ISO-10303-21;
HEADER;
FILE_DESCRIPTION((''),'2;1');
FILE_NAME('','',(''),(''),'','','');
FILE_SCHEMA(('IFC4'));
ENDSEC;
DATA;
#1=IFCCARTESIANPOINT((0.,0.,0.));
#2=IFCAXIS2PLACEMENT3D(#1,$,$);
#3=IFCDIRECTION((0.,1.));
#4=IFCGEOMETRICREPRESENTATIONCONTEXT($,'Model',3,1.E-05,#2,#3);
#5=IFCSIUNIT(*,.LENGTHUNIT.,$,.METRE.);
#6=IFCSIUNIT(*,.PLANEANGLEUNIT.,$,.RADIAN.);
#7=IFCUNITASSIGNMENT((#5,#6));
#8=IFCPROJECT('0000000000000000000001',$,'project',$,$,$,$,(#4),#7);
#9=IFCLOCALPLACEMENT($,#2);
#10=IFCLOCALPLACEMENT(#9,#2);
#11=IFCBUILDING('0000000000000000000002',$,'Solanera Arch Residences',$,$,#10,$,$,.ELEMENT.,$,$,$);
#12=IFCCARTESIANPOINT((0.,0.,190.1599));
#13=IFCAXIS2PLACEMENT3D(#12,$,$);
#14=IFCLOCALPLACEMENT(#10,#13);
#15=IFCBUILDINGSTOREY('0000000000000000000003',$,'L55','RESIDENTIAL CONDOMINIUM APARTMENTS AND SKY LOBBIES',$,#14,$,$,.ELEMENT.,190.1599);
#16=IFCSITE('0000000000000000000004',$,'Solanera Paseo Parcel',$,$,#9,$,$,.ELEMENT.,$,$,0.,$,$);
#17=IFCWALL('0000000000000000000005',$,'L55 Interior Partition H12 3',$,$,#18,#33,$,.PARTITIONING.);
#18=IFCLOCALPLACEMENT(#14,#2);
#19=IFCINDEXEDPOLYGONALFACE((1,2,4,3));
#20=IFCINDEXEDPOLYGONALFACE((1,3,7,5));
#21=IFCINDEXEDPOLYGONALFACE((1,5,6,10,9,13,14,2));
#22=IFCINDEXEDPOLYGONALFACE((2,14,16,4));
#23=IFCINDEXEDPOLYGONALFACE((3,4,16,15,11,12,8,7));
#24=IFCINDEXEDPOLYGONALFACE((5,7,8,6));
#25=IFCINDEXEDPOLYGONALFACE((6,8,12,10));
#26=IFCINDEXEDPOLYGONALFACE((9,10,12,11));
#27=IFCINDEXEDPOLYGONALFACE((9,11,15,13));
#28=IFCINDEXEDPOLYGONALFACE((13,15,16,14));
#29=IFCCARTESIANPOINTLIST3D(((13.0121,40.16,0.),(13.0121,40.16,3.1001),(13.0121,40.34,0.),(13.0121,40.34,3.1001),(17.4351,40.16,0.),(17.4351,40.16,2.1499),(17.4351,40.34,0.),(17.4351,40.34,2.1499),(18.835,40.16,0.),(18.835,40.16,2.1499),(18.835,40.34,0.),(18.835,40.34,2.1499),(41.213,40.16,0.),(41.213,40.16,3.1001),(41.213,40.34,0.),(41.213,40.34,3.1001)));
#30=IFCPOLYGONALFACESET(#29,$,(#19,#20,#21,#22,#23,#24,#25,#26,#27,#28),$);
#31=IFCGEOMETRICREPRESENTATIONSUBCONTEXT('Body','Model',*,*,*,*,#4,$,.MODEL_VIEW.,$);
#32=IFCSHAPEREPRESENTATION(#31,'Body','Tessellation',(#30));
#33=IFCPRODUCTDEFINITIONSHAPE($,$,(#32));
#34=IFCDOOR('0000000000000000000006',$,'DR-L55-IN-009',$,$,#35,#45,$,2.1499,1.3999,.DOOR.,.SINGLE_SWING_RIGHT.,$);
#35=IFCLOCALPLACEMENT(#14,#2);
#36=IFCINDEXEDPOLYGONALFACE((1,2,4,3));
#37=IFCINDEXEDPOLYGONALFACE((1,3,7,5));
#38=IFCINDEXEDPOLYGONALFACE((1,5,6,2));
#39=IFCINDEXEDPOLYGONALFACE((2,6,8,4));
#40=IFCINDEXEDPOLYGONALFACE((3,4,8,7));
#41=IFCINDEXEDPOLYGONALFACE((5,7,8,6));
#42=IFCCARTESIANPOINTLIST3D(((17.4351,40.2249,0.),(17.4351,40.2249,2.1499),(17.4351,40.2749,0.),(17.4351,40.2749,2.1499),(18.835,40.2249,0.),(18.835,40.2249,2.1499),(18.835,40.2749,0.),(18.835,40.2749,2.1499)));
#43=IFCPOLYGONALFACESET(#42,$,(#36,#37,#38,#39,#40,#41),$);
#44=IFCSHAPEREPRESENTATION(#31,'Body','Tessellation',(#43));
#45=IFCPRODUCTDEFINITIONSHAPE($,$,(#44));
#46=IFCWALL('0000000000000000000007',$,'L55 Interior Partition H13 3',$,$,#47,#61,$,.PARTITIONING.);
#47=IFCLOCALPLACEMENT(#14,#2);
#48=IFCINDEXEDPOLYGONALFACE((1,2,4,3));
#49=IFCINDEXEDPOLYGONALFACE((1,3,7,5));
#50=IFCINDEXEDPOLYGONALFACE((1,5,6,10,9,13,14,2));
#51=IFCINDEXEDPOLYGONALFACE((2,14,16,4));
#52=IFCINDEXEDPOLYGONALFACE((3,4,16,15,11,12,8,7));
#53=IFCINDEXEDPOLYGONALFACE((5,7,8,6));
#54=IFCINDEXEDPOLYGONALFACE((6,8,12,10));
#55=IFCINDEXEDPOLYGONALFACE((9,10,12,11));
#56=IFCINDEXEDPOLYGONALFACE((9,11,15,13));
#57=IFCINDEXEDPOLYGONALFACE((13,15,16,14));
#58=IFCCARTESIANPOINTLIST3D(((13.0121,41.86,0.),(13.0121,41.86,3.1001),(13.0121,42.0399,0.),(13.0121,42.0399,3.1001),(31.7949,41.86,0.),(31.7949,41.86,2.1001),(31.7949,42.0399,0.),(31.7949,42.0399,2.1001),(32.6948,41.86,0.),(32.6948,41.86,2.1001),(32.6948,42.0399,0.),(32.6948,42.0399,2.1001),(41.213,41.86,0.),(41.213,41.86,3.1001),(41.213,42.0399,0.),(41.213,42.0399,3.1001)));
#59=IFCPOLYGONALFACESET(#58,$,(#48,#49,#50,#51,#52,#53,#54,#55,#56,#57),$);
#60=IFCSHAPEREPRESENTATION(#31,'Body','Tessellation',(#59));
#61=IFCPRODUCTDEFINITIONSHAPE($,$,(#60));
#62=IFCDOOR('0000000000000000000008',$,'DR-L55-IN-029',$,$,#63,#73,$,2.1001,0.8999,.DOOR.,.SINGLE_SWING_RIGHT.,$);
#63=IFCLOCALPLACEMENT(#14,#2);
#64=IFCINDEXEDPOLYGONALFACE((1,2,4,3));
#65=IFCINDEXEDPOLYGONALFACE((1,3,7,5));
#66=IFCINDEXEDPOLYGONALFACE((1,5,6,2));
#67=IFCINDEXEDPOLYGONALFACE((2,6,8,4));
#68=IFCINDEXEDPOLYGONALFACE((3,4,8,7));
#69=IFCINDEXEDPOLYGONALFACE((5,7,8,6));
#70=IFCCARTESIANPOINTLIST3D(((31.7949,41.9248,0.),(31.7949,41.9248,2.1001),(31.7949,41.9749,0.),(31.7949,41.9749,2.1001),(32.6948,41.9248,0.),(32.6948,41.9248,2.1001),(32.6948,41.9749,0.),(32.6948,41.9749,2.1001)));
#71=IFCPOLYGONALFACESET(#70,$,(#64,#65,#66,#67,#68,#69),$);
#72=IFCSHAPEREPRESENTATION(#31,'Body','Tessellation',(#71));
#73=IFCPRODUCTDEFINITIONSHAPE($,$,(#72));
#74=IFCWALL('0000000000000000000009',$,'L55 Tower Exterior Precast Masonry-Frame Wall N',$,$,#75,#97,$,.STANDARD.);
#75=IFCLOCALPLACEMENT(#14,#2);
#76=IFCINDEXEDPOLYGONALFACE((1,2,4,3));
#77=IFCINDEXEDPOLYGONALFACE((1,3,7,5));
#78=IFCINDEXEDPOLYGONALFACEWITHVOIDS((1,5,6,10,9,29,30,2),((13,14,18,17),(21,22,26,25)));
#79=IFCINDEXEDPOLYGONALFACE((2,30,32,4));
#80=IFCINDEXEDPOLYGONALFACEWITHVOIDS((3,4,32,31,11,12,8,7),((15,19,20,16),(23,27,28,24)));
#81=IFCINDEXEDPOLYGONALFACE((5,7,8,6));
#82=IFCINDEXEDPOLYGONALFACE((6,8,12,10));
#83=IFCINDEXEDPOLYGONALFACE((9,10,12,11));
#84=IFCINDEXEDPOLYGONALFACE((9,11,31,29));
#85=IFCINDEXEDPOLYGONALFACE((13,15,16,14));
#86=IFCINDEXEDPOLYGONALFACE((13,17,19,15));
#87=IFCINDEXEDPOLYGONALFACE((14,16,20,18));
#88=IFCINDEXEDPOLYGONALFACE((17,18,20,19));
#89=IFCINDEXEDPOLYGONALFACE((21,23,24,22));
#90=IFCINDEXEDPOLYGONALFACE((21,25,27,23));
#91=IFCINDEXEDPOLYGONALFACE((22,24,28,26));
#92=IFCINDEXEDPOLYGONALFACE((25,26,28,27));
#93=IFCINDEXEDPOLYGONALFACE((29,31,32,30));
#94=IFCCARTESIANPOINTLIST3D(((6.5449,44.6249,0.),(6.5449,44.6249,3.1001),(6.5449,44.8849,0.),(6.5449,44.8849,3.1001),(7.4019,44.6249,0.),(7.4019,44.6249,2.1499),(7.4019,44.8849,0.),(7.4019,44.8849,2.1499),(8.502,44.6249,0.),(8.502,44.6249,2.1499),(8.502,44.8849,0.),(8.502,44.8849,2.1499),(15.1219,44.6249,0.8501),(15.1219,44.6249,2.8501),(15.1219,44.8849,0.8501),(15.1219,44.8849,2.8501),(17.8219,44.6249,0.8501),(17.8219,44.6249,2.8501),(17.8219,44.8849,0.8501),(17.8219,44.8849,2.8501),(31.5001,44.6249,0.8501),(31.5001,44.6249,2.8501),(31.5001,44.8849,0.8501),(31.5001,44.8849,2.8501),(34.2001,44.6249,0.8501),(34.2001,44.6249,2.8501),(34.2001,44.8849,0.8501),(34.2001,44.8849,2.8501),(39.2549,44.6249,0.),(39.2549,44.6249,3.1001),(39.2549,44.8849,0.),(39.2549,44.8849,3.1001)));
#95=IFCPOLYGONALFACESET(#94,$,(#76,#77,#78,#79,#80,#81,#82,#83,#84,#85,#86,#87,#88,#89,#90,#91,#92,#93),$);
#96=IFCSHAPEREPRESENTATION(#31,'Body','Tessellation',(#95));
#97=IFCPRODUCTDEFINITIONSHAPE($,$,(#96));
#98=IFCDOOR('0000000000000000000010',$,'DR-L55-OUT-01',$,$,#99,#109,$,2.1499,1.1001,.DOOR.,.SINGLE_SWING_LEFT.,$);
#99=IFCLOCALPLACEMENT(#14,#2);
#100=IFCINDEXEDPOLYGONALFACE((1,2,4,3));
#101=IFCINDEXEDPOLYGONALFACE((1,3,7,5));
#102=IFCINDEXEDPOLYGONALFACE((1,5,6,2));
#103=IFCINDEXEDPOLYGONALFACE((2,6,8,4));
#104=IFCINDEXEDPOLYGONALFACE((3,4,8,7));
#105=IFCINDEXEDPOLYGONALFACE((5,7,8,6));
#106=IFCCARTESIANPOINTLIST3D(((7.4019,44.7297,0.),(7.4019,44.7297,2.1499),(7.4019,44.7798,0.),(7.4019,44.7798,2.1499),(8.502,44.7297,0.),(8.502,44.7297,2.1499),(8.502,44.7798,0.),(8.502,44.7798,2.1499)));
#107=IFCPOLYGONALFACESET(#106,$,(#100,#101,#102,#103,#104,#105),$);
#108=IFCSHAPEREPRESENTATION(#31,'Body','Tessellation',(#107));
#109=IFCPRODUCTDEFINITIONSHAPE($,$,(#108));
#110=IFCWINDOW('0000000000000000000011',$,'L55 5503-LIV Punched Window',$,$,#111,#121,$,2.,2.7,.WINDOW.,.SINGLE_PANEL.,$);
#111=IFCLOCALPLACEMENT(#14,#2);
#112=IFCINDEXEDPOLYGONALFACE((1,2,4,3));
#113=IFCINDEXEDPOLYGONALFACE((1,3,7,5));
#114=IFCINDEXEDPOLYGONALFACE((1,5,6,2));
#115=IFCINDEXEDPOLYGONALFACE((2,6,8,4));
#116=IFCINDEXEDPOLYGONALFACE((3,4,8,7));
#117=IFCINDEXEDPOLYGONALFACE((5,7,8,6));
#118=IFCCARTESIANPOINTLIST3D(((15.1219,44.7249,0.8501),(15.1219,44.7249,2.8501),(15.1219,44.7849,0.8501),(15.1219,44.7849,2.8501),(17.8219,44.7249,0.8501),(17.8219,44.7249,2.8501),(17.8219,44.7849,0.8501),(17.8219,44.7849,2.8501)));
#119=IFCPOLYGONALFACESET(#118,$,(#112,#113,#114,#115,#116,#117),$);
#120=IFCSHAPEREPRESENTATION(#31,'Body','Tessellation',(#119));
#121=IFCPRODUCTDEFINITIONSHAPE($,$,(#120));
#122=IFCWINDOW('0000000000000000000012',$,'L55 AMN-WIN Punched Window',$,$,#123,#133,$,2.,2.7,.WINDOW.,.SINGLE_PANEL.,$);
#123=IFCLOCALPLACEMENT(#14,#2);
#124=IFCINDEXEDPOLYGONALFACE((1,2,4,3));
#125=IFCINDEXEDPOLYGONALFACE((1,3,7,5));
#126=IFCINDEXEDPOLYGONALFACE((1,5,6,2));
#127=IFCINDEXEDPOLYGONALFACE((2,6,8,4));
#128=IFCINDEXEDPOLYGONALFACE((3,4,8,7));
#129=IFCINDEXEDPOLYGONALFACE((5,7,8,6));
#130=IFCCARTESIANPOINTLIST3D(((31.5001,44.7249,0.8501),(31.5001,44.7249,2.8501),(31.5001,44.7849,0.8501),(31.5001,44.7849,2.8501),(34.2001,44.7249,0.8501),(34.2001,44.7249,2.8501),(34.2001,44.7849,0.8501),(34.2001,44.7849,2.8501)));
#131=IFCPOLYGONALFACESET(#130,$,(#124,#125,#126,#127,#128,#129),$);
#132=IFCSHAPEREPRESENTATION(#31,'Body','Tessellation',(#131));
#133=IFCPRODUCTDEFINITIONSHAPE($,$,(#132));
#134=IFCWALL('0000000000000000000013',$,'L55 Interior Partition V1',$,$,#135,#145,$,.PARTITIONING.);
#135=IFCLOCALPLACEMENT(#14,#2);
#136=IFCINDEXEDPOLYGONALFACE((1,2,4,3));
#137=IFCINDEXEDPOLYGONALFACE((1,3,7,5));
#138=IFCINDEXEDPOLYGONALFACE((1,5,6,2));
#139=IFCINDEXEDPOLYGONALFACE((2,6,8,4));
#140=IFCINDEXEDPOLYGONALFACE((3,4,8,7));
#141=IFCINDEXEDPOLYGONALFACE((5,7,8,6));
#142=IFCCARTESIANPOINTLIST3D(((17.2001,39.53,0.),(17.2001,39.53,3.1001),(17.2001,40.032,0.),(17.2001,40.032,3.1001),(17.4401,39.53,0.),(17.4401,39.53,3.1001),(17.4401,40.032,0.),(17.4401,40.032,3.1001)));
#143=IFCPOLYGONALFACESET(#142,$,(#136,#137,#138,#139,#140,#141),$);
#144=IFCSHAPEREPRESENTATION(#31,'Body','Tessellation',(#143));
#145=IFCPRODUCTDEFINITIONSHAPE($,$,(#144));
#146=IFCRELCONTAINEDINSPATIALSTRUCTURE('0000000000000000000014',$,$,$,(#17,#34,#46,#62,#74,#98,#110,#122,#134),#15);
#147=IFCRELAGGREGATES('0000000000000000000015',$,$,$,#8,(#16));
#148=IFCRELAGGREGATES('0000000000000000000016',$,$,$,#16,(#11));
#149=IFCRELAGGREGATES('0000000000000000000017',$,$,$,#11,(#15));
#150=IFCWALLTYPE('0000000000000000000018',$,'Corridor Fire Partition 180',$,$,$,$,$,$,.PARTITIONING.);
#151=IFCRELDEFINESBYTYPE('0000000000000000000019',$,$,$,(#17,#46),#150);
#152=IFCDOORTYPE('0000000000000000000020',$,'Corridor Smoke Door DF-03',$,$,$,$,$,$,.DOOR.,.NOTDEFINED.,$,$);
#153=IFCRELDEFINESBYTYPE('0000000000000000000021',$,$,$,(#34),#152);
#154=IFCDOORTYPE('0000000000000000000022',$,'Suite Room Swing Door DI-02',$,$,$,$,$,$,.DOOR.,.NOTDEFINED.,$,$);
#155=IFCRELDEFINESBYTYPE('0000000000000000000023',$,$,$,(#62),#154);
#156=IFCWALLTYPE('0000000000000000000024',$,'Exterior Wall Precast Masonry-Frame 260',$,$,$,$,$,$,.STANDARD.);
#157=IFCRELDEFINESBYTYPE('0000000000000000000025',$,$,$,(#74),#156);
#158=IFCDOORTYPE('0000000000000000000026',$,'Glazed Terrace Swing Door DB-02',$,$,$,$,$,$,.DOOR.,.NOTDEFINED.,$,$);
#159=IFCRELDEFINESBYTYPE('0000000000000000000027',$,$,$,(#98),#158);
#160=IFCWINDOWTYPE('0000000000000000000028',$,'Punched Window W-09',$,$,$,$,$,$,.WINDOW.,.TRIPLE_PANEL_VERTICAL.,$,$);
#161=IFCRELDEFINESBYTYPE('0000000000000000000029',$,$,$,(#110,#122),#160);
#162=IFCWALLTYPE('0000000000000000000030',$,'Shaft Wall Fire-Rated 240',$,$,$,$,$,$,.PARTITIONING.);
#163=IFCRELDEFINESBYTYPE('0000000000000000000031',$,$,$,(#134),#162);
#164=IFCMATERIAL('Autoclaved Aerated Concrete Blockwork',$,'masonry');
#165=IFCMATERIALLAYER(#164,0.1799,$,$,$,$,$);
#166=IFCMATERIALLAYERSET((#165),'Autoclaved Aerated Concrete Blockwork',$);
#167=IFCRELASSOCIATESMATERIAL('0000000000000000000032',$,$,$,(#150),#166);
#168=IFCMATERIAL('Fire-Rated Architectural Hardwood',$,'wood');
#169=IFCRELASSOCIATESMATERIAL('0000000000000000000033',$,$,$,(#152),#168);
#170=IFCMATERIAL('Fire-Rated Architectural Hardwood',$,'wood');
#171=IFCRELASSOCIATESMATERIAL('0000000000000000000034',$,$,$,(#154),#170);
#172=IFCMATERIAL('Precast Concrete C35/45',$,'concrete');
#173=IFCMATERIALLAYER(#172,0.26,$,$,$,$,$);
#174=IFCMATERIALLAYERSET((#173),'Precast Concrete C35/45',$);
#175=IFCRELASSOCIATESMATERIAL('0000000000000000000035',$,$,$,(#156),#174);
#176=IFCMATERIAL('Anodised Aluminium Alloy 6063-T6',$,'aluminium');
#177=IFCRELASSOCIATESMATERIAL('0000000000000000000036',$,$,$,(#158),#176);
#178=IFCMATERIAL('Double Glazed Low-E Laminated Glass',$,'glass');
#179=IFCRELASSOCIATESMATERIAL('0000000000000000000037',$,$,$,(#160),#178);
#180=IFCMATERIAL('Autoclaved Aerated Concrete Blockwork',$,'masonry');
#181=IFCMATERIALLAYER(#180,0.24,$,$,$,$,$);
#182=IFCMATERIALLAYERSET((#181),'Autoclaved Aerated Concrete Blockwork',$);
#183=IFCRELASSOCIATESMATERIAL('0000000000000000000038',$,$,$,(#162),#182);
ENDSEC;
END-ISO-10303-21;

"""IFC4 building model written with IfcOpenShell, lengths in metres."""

from ifc_helpers import new_model, si_unit, direction, frame, frame_2d, origin, place, context, subcontext, project, spatial, rectangle, extrude, material, layer, layer_set, type_object, element, fill, save


model = new_model("IFC4")

# Units and contexts
model_context = context("Model", 3, precision=1e-05, world=origin(), true_north=direction((0.0, 1.0)))
body_context = subcontext(model_context, "Body", "Model", "MODEL_VIEW")
ifc_project = project(units=[si_unit("LENGTHUNIT", "METRE"), si_unit("PLANEANGLEUNIT", "RADIAN")], contexts=[model_context])

# Site, building, storey
site_placement = place(None, origin())
site = spatial("IfcSite", under=ifc_project, at=site_placement, Name="Solanera Paseo Parcel", CompositionType="ELEMENT", RefElevation=0.0)
building_placement = place(site_placement, origin())
building = spatial("IfcBuilding", under=site, at=building_placement, Name="Solanera Arch Residences", CompositionType="ELEMENT")
storey_placement = place(building_placement, frame((0.0, 0.0, 190.1599)))
storey = spatial("IfcBuildingStorey", under=building, at=storey_placement, Name="L55", Description="RESIDENTIAL CONDOMINIUM APARTMENTS AND SKY LOBBIES", CompositionType="ELEMENT", Elevation=190.1599)

# Walls, openings, doors
ifc_material_1 = material(Name="Autoclaved Aerated Concrete Blockwork", Category="masonry")
ifc_layer_1 = layer(ifc_material_1, 0.1799)
ifc_layer_set_1 = layer_set([ifc_layer_1], Name="Autoclaved Aerated Concrete Blockwork")
wall_type_1 = type_object("IfcWallType", Name="Corridor Fire Partition 180", PredefinedType="PARTITIONING", material=ifc_layer_set_1)
wall_1_placement = place(storey_placement, frame((13.012, 40.25, 0.0), z_axis=(0.0, 0.0, 1.0), x_axis=(1.0, 0.0, 0.0)))
wall_1 = element("IfcWall", 1, at=wall_1_placement, inside=storey, type_object=wall_type_1, Name="L55 Interior Partition H12 3", PredefinedType="PARTITIONING", context=body_context, shape_type="SweptSolid", body=[
    extrude(rectangle(XDim=28.2009, YDim=0.1799, at=frame_2d((14.1006, 0.0))), origin(), (0.0, 0.0, 1.0), 3.1001),
])
opening_1_placement = place(wall_1_placement, frame((4.4231, 0.0, 0.0)))
opening_1 = element("IfcOpeningElement", 2, at=opening_1_placement, cuts=wall_1, PredefinedType="OPENING", context=body_context, shape_type="SweptSolid", body=[
    extrude(rectangle(XDim=1.3999, YDim=2.1499, at=frame_2d((0.7, 1.075))), frame((0.0, 0.1001, 0.0), z_axis=(0.0, -1.0, 0.0), x_axis=(1.0, 0.0, 0.0)), (0.0, 0.0, 1.0), 0.1999),
])
ifc_material_2 = material(Name="Fire-Rated Architectural Hardwood", Category="wood")
door_type_1 = type_object("IfcDoorType", Name="Corridor Smoke Door DF-03", OperationType="NOTDEFINED", PredefinedType="DOOR", material=ifc_material_2)
door_1_placement = place(opening_1_placement, origin())
door_1 = element("IfcDoor", 3, at=door_1_placement, inside=storey, type_object=door_type_1, Name="DR-L55-IN-009", OperationType="SINGLE_SWING_RIGHT", OverallHeight=2.1499, OverallWidth=1.3999, PredefinedType="DOOR", context=body_context, shape_type="SweptSolid", body=[
    extrude(rectangle(XDim=1.3999, YDim=2.1499, at=frame_2d((0.7, 1.075))), frame((0.0, 0.0249, 0.0), z_axis=(0.0, -1.0, 0.0), x_axis=(1.0, 0.0, 0.0)), (0.0, 0.0, 1.0), 0.05),
])
fill(opening_1, door_1)
wall_2_placement = place(storey_placement, frame((13.012, 41.95, 0.0), z_axis=(0.0, 0.0, 1.0), x_axis=(1.0, 0.0, 0.0)))
wall_2 = element("IfcWall", 4, at=wall_2_placement, inside=storey, type_object=wall_type_1, Name="L55 Interior Partition H13 3", PredefinedType="PARTITIONING", context=body_context, shape_type="SweptSolid", body=[
    extrude(rectangle(XDim=28.2009, YDim=0.1799, at=frame_2d((14.1006, 0.0))), origin(), (0.0, 0.0, 1.0), 3.1001),
])
opening_2_placement = place(wall_2_placement, frame((18.783, 0.0, 0.0)))
opening_2 = element("IfcOpeningElement", 5, at=opening_2_placement, cuts=wall_2, PredefinedType="OPENING", context=body_context, shape_type="SweptSolid", body=[
    extrude(rectangle(XDim=0.8999, YDim=2.1001, at=frame_2d((0.45, 1.05))), frame((0.0, 0.1001, 0.0), z_axis=(0.0, -1.0, 0.0), x_axis=(1.0, 0.0, 0.0)), (0.0, 0.0, 1.0), 0.1999),
])
ifc_material_3 = material(Name="Fire-Rated Architectural Hardwood", Category="wood")
door_type_2 = type_object("IfcDoorType", Name="Suite Room Swing Door DI-02", OperationType="NOTDEFINED", PredefinedType="DOOR", material=ifc_material_3)
door_2_placement = place(opening_2_placement, origin())
door_2 = element("IfcDoor", 6, at=door_2_placement, inside=storey, type_object=door_type_2, Name="DR-L55-IN-029", OperationType="SINGLE_SWING_RIGHT", OverallHeight=2.1001, OverallWidth=0.8999, PredefinedType="DOOR", context=body_context, shape_type="SweptSolid", body=[
    extrude(rectangle(XDim=0.8999, YDim=2.1001, at=frame_2d((0.45, 1.05))), frame((0.0, 0.0249, 0.0), z_axis=(0.0, -1.0, 0.0), x_axis=(1.0, 0.0, 0.0)), (0.0, 0.0, 1.0), 0.05),
])
fill(opening_2, door_2)

# Wall, openings, door, windows
ifc_material_4 = material(Name="Precast Concrete C35/45", Category="concrete")
ifc_layer_2 = layer(ifc_material_4, 0.26)
ifc_layer_set_2 = layer_set([ifc_layer_2], Name="Precast Concrete C35/45")
wall_type_2 = type_object("IfcWallType", Name="Exterior Wall Precast Masonry-Frame 260", PredefinedType="STANDARD", material=ifc_layer_set_2)
wall_3_placement = place(storey_placement, frame((6.5449, 44.7549, 0.0), z_axis=(0.0, 0.0, 1.0), x_axis=(1.0, 0.0, 0.0)))
wall_3 = element("IfcWall", 7, at=wall_3_placement, inside=storey, type_object=wall_type_2, Name="L55 Tower Exterior Precast Masonry-Frame Wall N", PredefinedType="STANDARD", context=body_context, shape_type="SweptSolid", body=[
    extrude(rectangle(XDim=32.71, YDim=0.26, at=frame_2d((16.355, 0.0))), origin(), (0.0, 0.0, 1.0), 3.1001),
])
opening_3_placement = place(wall_3_placement, frame((0.8569, 0.0, 0.0)))
opening_3 = element("IfcOpeningElement", 8, at=opening_3_placement, cuts=wall_3, PredefinedType="OPENING", context=body_context, shape_type="SweptSolid", body=[
    extrude(rectangle(XDim=1.1001, YDim=2.1499, at=frame_2d((0.55, 1.075))), frame((0.0, 0.1399, 0.0), z_axis=(0.0, -1.0, 0.0), x_axis=(1.0, 0.0, 0.0)), (0.0, 0.0, 1.0), 0.28),
])
opening_4_placement = place(wall_3_placement, frame((8.5769, 0.0, 0.8501)))
opening_4 = element("IfcOpeningElement", 9, at=opening_4_placement, cuts=wall_3, PredefinedType="OPENING", context=body_context, shape_type="SweptSolid", body=[
    extrude(rectangle(XDim=2.7, YDim=2.0, at=frame_2d((1.3501, 1.0))), frame((0.0, 0.1399, 0.0), z_axis=(0.0, -1.0, 0.0), x_axis=(1.0, 0.0, 0.0)), (0.0, 0.0, 1.0), 0.28),
])
opening_5_placement = place(wall_3_placement, frame((24.9551, 0.0, 0.8501)))
opening_5 = element("IfcOpeningElement", 10, at=opening_5_placement, cuts=wall_3, PredefinedType="OPENING", context=body_context, shape_type="SweptSolid", body=[
    extrude(rectangle(XDim=2.7, YDim=2.0, at=frame_2d((1.3501, 1.0))), frame((0.0, 0.1399, 0.0), z_axis=(0.0, -1.0, 0.0), x_axis=(1.0, 0.0, 0.0)), (0.0, 0.0, 1.0), 0.28),
])
ifc_material_5 = material(Name="Anodised Aluminium Alloy 6063-T6", Category="aluminium")
door_type_3 = type_object("IfcDoorType", Name="Glazed Terrace Swing Door DB-02", OperationType="NOTDEFINED", PredefinedType="DOOR", material=ifc_material_5)
door_3_placement = place(opening_3_placement, origin())
door_3 = element("IfcDoor", 11, at=door_3_placement, inside=storey, type_object=door_type_3, Name="DR-L55-OUT-01", OperationType="SINGLE_SWING_LEFT", OverallHeight=2.1499, OverallWidth=1.1001, PredefinedType="DOOR", context=body_context, shape_type="SweptSolid", body=[
    extrude(rectangle(XDim=1.1001, YDim=2.1499, at=frame_2d((0.55, 1.075))), frame((0.0, 0.0249, 0.0), z_axis=(0.0, -1.0, 0.0), x_axis=(1.0, 0.0, 0.0)), (0.0, 0.0, 1.0), 0.05),
])
fill(opening_3, door_3)
ifc_material_6 = material(Name="Double Glazed Low-E Laminated Glass", Category="glass")
window_type = type_object("IfcWindowType", Name="Punched Window W-09", PartitioningType="TRIPLE_PANEL_VERTICAL", PredefinedType="WINDOW", material=ifc_material_6)
window_1_placement = place(opening_4_placement, origin())
window_1 = element("IfcWindow", 12, at=window_1_placement, inside=storey, type_object=window_type, Name="L55 5503-LIV Punched Window", OverallHeight=2.0, OverallWidth=2.7, PartitioningType="SINGLE_PANEL", PredefinedType="WINDOW", context=body_context, shape_type="SweptSolid", body=[
    extrude(rectangle(XDim=2.7, YDim=2.0, at=frame_2d((1.3501, 1.0))), frame((0.0, 0.03, 0.0), z_axis=(0.0, -1.0, 0.0), x_axis=(1.0, 0.0, 0.0)), (0.0, 0.0, 1.0), 0.0601),
])
fill(opening_4, window_1)
window_2_placement = place(opening_5_placement, origin())
window_2 = element("IfcWindow", 13, at=window_2_placement, inside=storey, type_object=window_type, Name="L55 AMN-WIN Punched Window", OverallHeight=2.0, OverallWidth=2.7, PartitioningType="SINGLE_PANEL", PredefinedType="WINDOW", context=body_context, shape_type="SweptSolid", body=[
    extrude(rectangle(XDim=2.7, YDim=2.0, at=frame_2d((1.3501, 1.0))), frame((0.0, 0.03, 0.0), z_axis=(0.0, -1.0, 0.0), x_axis=(1.0, 0.0, 0.0)), (0.0, 0.0, 1.0), 0.0601),
])
fill(opening_5, window_2)

# Wall
ifc_material_7 = material(Name="Autoclaved Aerated Concrete Blockwork", Category="masonry")
ifc_layer_3 = layer(ifc_material_7, 0.24)
ifc_layer_set_3 = layer_set([ifc_layer_3], Name="Autoclaved Aerated Concrete Blockwork")
wall_type_3 = type_object("IfcWallType", Name="Shaft Wall Fire-Rated 240", PredefinedType="PARTITIONING", material=ifc_layer_set_3)
wall_4_placement = place(storey_placement, frame((17.3201, 39.53, 0.0), z_axis=(0.0, 0.0, 1.0), x_axis=(0.0, 1.0, 0.0)))
element("IfcWall", 14, at=wall_4_placement, inside=storey, type_object=wall_type_3, Name="L55 Interior Partition V1", PredefinedType="PARTITIONING", context=body_context, shape_type="SweptSolid", body=[
    extrude(rectangle(XDim=0.502, YDim=0.24, at=frame_2d((0.251, 0.0))), origin(), (0.0, 0.0, 1.0), 3.1001),
])

save(model, "model.ifc")
